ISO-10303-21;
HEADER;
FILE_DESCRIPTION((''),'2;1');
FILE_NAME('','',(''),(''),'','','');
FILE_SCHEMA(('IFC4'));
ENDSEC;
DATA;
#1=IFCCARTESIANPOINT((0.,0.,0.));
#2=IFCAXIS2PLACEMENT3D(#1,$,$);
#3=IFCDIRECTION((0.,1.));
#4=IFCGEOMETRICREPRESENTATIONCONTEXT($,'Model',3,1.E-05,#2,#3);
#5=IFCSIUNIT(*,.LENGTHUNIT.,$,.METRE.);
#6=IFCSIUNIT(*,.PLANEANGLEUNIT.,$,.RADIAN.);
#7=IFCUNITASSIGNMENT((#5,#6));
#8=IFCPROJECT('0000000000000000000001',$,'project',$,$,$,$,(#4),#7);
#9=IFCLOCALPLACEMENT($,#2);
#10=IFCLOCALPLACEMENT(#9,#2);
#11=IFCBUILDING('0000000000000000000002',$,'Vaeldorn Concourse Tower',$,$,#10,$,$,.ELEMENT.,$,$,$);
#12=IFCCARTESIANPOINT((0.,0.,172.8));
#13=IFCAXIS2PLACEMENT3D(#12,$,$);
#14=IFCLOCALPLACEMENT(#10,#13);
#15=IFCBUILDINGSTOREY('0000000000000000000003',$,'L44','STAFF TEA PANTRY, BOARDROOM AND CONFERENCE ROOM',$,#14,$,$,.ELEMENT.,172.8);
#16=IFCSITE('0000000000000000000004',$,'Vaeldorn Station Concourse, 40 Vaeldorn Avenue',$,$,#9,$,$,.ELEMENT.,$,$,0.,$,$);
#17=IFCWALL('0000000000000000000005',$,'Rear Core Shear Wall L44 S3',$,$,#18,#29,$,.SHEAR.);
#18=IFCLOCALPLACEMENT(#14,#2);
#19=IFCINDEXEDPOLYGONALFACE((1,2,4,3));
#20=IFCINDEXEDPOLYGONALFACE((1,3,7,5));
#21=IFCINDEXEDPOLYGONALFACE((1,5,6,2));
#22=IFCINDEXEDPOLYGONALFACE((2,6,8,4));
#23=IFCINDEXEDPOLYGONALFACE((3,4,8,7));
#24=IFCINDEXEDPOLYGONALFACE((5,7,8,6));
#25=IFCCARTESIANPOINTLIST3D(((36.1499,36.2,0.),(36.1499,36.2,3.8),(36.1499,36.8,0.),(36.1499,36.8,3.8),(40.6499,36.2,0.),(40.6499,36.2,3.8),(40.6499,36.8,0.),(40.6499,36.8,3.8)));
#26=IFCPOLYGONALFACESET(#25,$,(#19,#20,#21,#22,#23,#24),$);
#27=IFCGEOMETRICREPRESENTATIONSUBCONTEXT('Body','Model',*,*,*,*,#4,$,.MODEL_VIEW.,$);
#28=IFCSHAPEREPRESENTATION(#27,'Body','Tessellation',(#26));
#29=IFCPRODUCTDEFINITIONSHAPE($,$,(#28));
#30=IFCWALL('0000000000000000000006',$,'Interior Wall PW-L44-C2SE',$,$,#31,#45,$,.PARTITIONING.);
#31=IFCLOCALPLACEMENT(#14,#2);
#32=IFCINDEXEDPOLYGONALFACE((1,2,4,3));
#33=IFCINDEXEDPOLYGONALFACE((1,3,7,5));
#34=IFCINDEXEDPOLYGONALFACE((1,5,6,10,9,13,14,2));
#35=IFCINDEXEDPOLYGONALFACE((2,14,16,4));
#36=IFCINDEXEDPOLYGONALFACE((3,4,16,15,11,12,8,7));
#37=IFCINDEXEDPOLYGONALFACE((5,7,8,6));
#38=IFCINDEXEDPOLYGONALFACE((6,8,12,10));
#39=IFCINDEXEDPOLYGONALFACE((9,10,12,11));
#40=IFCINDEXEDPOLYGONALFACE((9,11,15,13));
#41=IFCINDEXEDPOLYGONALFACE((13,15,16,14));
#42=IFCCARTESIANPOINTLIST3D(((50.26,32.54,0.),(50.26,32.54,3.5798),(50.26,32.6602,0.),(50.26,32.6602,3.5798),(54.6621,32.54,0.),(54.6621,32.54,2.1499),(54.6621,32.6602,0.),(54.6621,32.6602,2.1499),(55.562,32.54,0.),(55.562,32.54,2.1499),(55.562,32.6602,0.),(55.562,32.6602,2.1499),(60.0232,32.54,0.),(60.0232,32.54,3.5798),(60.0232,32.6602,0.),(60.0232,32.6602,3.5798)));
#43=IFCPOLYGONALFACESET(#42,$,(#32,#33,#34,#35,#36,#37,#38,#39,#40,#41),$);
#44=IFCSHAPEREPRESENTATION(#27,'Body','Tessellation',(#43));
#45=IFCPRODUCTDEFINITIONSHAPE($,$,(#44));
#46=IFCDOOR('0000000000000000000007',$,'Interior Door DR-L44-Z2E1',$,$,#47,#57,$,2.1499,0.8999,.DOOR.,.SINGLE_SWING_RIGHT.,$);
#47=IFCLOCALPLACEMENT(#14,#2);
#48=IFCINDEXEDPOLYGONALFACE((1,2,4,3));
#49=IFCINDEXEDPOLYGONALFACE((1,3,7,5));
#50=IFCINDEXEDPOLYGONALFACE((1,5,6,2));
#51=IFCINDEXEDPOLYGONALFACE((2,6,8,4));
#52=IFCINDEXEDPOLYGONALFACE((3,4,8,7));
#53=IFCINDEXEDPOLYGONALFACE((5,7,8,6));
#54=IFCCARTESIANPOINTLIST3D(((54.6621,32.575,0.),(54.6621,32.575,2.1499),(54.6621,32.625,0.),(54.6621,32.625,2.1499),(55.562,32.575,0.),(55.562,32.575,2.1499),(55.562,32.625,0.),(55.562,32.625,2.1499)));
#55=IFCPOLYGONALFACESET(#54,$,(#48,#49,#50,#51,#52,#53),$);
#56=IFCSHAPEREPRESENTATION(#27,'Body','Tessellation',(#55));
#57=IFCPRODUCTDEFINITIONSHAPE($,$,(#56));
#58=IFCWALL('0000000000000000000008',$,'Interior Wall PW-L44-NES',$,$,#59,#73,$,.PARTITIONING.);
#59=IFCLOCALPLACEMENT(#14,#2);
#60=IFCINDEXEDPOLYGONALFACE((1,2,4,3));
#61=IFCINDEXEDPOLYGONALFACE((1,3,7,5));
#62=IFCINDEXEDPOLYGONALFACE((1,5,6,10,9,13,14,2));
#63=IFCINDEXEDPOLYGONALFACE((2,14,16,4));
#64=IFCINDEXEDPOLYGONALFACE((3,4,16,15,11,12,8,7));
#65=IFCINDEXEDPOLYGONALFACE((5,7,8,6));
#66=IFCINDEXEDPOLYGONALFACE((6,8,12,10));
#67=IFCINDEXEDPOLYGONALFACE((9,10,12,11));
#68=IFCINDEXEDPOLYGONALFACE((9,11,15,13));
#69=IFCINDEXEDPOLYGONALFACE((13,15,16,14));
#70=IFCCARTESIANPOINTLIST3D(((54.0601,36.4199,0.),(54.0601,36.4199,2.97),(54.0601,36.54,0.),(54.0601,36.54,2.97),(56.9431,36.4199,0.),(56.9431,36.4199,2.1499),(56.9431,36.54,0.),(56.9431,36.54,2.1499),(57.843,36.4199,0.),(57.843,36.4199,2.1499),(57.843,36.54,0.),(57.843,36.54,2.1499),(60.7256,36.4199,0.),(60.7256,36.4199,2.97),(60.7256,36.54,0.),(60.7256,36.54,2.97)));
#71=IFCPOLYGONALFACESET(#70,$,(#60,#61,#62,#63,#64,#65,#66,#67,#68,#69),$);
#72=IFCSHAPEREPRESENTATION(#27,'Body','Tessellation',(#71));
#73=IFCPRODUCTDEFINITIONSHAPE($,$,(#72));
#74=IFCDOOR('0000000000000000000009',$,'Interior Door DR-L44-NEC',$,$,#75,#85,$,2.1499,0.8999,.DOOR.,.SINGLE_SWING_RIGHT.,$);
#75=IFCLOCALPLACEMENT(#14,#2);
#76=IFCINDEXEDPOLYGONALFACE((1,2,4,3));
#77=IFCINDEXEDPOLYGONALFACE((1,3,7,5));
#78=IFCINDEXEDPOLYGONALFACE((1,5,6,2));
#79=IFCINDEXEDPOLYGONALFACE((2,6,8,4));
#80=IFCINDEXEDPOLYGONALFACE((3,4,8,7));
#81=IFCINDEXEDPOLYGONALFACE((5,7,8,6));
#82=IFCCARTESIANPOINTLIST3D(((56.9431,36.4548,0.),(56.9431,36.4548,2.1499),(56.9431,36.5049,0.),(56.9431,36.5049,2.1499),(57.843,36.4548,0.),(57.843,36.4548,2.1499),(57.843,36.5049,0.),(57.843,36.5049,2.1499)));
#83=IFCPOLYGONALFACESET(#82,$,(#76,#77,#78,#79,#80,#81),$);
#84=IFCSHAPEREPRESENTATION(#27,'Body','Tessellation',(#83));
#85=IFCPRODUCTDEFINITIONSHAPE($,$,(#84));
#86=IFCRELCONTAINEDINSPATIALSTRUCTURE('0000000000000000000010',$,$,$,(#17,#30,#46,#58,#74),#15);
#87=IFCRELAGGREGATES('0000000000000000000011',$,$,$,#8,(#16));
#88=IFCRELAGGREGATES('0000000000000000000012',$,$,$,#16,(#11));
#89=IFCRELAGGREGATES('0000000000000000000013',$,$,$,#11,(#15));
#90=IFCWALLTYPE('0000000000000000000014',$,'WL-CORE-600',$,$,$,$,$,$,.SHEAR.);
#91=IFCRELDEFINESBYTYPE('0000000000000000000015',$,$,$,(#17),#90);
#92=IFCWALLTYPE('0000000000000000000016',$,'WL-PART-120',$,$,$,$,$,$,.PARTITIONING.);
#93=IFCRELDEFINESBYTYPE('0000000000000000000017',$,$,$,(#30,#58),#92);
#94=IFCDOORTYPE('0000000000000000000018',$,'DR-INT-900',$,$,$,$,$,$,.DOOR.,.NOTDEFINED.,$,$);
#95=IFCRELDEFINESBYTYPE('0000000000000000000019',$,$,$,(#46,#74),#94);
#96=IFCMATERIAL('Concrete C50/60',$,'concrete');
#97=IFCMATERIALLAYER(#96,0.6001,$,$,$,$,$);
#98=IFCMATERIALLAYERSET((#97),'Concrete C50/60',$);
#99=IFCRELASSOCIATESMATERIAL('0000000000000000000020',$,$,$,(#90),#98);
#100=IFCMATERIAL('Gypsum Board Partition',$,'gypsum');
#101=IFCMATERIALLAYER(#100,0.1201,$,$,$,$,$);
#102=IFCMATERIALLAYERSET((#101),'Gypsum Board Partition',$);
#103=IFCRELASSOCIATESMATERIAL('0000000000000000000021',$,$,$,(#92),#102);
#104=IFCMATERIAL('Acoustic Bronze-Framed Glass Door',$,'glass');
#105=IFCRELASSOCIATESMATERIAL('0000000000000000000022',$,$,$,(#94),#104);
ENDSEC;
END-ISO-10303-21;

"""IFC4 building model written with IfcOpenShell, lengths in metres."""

from ifc_helpers import new_model, si_unit, direction, frame, frame_2d, origin, place, context, subcontext, project, spatial, rectangle, extrude, source, transform, mapped, material, layer, layer_set, type_object, element, fill, save


model = new_model("IFC4")

# Units and contexts
model_context = context("Model", 3, precision=1e-05, world=origin(), true_north=direction((0.0, 1.0)))
body_context = subcontext(model_context, "Body", "Model", "MODEL_VIEW")
ifc_project = project(units=[si_unit("LENGTHUNIT", "METRE"), si_unit("PLANEANGLEUNIT", "RADIAN")], contexts=[model_context])

# Site, building, storey
site_placement = place(None, origin())
site = spatial("IfcSite", under=ifc_project, at=site_placement, Name="Vaeldorn Station Concourse, 40 Vaeldorn Avenue", CompositionType="ELEMENT", RefElevation=0.0)
building_placement = place(site_placement, origin())
building = spatial("IfcBuilding", under=site, at=building_placement, Name="Vaeldorn Concourse Tower", CompositionType="ELEMENT")
storey_placement = place(building_placement, frame((0.0, 0.0, 172.8)))
storey = spatial("IfcBuildingStorey", under=building, at=storey_placement, Name="L44", Description="STAFF TEA PANTRY, BOARDROOM AND CONFERENCE ROOM", CompositionType="ELEMENT", Elevation=172.8)

# Wall
ifc_material_1 = material(Name="Concrete C50/60", Category="concrete")
ifc_layer_1 = layer(ifc_material_1, 0.6001)
ifc_layer_set_1 = layer_set([ifc_layer_1], Name="Concrete C50/60")
wall_type_1 = type_object("IfcWallType", Name="WL-CORE-600", PredefinedType="SHEAR", material=ifc_layer_set_1)
wall_1_placement = place(storey_placement, frame((36.1499, 36.5, 0.0), z_axis=(0.0, 0.0, 1.0), x_axis=(1.0, 0.0, 0.0)))
element("IfcWall", 1, at=wall_1_placement, inside=storey, type_object=wall_type_1, Name="Rear Core Shear Wall L44 S3", PredefinedType="SHEAR", context=body_context, shape_type="SweptSolid", body=[
    extrude(rectangle(XDim=4.5, YDim=0.6001, at=frame_2d((2.25, 0.0))), origin(), (0.0, 0.0, 1.0), 3.8),
])

# Walls, openings, doors
ifc_material_2 = material(Name="Gypsum Board Partition", Category="gypsum")
ifc_layer_2 = layer(ifc_material_2, 0.1201)
ifc_layer_set_2 = layer_set([ifc_layer_2], Name="Gypsum Board Partition")
wall_type_2 = type_object("IfcWallType", Name="WL-PART-120", PredefinedType="PARTITIONING", material=ifc_layer_set_2)
wall_2_placement = place(storey_placement, frame((50.26, 32.6001, 0.0), z_axis=(0.0, 0.0, 1.0), x_axis=(1.0, 0.0, 0.0)))
wall_2 = element("IfcWall", 2, at=wall_2_placement, inside=storey, type_object=wall_type_2, Name="Interior Wall PW-L44-C2SE", PredefinedType="PARTITIONING", context=body_context, shape_type="SweptSolid", body=[
    extrude(rectangle(XDim=9.7632, YDim=0.1201, at=frame_2d((4.8816, 0.0))), origin(), (0.0, 0.0, 1.0), 3.5798),
])
opening_1_placement = place(wall_2_placement, frame((4.4021, 0.0, 0.0)))
opening_1 = element("IfcOpeningElement", 3, at=opening_1_placement, cuts=wall_2, PredefinedType="OPENING", context=body_context, shape_type="SweptSolid", body=[
    extrude(rectangle(XDim=0.8999, YDim=2.1499, at=frame_2d((0.45, 1.075))), frame((0.0, 0.0701, 0.0), z_axis=(0.0, -1.0, 0.0), x_axis=(1.0, 0.0, 0.0)), (0.0, 0.0, 1.0), 0.1401),
])
ifc_material_3 = material(Name="Acoustic Bronze-Framed Glass Door", Category="glass")
door_type = type_object("IfcDoorType", Name="DR-INT-900", OperationType="NOTDEFINED", PredefinedType="DOOR", material=ifc_material_3)
shared_shape_1 = source(origin(), body_context, "Body", "SweptSolid", [
    extrude(rectangle(XDim=0.8999, YDim=2.1499, at=frame_2d((0.45, 1.075))), frame((0.0, 0.0249, 0.0), z_axis=(0.0, -1.0, 0.0), x_axis=(1.0, 0.0, 0.0)), (0.0, 0.0, 1.0), 0.05),
])
door_1_placement = place(opening_1_placement, origin())
door_1 = element("IfcDoor", 4, at=door_1_placement, inside=storey, type_object=door_type, Name="Interior Door DR-L44-Z2E1", OperationType="SINGLE_SWING_RIGHT", OverallHeight=2.1499, OverallWidth=0.8999, PredefinedType="DOOR", context=body_context, shape_type="MappedRepresentation", body=[
    mapped(shared_shape_1, transform((0.0, 0.0, 0.0), scale=1.0)),
])
fill(opening_1, door_1)
wall_3_placement = place(storey_placement, frame((54.0601, 36.48, 0.0), z_axis=(0.0, 0.0, 1.0), x_axis=(1.0, 0.0, 0.0)))
wall_3 = element("IfcWall", 5, at=wall_3_placement, inside=storey, type_object=wall_type_2, Name="Interior Wall PW-L44-NES", PredefinedType="PARTITIONING", context=body_context, shape_type="SweptSolid", body=[
    extrude(rectangle(XDim=6.6655, YDim=0.1201, at=frame_2d((3.3328, 0.0))), origin(), (0.0, 0.0, 1.0), 2.97),
])
opening_2_placement = place(wall_3_placement, frame((2.8831, 0.0, 0.0)))
opening_2 = element("IfcOpeningElement", 6, at=opening_2_placement, cuts=wall_3, PredefinedType="OPENING", context=body_context, shape_type="SweptSolid", body=[
    extrude(rectangle(XDim=0.8999, YDim=2.1499, at=frame_2d((0.45, 1.075))), frame((0.0, 0.0701, 0.0), z_axis=(0.0, -1.0, 0.0), x_axis=(1.0, 0.0, 0.0)), (0.0, 0.0, 1.0), 0.1401),
])
door_2_placement = place(opening_2_placement, origin())
door_2 = element("IfcDoor", 7, at=door_2_placement, inside=storey, type_object=door_type, Name="Interior Door DR-L44-NEC", OperationType="SINGLE_SWING_RIGHT", OverallHeight=2.1499, OverallWidth=0.8999, PredefinedType="DOOR", context=body_context, shape_type="MappedRepresentation", body=[
    mapped(shared_shape_1, transform((0.0, 0.0, 0.0), scale=1.0)),
])
fill(opening_2, door_2)

save(model, "model.ifc")
